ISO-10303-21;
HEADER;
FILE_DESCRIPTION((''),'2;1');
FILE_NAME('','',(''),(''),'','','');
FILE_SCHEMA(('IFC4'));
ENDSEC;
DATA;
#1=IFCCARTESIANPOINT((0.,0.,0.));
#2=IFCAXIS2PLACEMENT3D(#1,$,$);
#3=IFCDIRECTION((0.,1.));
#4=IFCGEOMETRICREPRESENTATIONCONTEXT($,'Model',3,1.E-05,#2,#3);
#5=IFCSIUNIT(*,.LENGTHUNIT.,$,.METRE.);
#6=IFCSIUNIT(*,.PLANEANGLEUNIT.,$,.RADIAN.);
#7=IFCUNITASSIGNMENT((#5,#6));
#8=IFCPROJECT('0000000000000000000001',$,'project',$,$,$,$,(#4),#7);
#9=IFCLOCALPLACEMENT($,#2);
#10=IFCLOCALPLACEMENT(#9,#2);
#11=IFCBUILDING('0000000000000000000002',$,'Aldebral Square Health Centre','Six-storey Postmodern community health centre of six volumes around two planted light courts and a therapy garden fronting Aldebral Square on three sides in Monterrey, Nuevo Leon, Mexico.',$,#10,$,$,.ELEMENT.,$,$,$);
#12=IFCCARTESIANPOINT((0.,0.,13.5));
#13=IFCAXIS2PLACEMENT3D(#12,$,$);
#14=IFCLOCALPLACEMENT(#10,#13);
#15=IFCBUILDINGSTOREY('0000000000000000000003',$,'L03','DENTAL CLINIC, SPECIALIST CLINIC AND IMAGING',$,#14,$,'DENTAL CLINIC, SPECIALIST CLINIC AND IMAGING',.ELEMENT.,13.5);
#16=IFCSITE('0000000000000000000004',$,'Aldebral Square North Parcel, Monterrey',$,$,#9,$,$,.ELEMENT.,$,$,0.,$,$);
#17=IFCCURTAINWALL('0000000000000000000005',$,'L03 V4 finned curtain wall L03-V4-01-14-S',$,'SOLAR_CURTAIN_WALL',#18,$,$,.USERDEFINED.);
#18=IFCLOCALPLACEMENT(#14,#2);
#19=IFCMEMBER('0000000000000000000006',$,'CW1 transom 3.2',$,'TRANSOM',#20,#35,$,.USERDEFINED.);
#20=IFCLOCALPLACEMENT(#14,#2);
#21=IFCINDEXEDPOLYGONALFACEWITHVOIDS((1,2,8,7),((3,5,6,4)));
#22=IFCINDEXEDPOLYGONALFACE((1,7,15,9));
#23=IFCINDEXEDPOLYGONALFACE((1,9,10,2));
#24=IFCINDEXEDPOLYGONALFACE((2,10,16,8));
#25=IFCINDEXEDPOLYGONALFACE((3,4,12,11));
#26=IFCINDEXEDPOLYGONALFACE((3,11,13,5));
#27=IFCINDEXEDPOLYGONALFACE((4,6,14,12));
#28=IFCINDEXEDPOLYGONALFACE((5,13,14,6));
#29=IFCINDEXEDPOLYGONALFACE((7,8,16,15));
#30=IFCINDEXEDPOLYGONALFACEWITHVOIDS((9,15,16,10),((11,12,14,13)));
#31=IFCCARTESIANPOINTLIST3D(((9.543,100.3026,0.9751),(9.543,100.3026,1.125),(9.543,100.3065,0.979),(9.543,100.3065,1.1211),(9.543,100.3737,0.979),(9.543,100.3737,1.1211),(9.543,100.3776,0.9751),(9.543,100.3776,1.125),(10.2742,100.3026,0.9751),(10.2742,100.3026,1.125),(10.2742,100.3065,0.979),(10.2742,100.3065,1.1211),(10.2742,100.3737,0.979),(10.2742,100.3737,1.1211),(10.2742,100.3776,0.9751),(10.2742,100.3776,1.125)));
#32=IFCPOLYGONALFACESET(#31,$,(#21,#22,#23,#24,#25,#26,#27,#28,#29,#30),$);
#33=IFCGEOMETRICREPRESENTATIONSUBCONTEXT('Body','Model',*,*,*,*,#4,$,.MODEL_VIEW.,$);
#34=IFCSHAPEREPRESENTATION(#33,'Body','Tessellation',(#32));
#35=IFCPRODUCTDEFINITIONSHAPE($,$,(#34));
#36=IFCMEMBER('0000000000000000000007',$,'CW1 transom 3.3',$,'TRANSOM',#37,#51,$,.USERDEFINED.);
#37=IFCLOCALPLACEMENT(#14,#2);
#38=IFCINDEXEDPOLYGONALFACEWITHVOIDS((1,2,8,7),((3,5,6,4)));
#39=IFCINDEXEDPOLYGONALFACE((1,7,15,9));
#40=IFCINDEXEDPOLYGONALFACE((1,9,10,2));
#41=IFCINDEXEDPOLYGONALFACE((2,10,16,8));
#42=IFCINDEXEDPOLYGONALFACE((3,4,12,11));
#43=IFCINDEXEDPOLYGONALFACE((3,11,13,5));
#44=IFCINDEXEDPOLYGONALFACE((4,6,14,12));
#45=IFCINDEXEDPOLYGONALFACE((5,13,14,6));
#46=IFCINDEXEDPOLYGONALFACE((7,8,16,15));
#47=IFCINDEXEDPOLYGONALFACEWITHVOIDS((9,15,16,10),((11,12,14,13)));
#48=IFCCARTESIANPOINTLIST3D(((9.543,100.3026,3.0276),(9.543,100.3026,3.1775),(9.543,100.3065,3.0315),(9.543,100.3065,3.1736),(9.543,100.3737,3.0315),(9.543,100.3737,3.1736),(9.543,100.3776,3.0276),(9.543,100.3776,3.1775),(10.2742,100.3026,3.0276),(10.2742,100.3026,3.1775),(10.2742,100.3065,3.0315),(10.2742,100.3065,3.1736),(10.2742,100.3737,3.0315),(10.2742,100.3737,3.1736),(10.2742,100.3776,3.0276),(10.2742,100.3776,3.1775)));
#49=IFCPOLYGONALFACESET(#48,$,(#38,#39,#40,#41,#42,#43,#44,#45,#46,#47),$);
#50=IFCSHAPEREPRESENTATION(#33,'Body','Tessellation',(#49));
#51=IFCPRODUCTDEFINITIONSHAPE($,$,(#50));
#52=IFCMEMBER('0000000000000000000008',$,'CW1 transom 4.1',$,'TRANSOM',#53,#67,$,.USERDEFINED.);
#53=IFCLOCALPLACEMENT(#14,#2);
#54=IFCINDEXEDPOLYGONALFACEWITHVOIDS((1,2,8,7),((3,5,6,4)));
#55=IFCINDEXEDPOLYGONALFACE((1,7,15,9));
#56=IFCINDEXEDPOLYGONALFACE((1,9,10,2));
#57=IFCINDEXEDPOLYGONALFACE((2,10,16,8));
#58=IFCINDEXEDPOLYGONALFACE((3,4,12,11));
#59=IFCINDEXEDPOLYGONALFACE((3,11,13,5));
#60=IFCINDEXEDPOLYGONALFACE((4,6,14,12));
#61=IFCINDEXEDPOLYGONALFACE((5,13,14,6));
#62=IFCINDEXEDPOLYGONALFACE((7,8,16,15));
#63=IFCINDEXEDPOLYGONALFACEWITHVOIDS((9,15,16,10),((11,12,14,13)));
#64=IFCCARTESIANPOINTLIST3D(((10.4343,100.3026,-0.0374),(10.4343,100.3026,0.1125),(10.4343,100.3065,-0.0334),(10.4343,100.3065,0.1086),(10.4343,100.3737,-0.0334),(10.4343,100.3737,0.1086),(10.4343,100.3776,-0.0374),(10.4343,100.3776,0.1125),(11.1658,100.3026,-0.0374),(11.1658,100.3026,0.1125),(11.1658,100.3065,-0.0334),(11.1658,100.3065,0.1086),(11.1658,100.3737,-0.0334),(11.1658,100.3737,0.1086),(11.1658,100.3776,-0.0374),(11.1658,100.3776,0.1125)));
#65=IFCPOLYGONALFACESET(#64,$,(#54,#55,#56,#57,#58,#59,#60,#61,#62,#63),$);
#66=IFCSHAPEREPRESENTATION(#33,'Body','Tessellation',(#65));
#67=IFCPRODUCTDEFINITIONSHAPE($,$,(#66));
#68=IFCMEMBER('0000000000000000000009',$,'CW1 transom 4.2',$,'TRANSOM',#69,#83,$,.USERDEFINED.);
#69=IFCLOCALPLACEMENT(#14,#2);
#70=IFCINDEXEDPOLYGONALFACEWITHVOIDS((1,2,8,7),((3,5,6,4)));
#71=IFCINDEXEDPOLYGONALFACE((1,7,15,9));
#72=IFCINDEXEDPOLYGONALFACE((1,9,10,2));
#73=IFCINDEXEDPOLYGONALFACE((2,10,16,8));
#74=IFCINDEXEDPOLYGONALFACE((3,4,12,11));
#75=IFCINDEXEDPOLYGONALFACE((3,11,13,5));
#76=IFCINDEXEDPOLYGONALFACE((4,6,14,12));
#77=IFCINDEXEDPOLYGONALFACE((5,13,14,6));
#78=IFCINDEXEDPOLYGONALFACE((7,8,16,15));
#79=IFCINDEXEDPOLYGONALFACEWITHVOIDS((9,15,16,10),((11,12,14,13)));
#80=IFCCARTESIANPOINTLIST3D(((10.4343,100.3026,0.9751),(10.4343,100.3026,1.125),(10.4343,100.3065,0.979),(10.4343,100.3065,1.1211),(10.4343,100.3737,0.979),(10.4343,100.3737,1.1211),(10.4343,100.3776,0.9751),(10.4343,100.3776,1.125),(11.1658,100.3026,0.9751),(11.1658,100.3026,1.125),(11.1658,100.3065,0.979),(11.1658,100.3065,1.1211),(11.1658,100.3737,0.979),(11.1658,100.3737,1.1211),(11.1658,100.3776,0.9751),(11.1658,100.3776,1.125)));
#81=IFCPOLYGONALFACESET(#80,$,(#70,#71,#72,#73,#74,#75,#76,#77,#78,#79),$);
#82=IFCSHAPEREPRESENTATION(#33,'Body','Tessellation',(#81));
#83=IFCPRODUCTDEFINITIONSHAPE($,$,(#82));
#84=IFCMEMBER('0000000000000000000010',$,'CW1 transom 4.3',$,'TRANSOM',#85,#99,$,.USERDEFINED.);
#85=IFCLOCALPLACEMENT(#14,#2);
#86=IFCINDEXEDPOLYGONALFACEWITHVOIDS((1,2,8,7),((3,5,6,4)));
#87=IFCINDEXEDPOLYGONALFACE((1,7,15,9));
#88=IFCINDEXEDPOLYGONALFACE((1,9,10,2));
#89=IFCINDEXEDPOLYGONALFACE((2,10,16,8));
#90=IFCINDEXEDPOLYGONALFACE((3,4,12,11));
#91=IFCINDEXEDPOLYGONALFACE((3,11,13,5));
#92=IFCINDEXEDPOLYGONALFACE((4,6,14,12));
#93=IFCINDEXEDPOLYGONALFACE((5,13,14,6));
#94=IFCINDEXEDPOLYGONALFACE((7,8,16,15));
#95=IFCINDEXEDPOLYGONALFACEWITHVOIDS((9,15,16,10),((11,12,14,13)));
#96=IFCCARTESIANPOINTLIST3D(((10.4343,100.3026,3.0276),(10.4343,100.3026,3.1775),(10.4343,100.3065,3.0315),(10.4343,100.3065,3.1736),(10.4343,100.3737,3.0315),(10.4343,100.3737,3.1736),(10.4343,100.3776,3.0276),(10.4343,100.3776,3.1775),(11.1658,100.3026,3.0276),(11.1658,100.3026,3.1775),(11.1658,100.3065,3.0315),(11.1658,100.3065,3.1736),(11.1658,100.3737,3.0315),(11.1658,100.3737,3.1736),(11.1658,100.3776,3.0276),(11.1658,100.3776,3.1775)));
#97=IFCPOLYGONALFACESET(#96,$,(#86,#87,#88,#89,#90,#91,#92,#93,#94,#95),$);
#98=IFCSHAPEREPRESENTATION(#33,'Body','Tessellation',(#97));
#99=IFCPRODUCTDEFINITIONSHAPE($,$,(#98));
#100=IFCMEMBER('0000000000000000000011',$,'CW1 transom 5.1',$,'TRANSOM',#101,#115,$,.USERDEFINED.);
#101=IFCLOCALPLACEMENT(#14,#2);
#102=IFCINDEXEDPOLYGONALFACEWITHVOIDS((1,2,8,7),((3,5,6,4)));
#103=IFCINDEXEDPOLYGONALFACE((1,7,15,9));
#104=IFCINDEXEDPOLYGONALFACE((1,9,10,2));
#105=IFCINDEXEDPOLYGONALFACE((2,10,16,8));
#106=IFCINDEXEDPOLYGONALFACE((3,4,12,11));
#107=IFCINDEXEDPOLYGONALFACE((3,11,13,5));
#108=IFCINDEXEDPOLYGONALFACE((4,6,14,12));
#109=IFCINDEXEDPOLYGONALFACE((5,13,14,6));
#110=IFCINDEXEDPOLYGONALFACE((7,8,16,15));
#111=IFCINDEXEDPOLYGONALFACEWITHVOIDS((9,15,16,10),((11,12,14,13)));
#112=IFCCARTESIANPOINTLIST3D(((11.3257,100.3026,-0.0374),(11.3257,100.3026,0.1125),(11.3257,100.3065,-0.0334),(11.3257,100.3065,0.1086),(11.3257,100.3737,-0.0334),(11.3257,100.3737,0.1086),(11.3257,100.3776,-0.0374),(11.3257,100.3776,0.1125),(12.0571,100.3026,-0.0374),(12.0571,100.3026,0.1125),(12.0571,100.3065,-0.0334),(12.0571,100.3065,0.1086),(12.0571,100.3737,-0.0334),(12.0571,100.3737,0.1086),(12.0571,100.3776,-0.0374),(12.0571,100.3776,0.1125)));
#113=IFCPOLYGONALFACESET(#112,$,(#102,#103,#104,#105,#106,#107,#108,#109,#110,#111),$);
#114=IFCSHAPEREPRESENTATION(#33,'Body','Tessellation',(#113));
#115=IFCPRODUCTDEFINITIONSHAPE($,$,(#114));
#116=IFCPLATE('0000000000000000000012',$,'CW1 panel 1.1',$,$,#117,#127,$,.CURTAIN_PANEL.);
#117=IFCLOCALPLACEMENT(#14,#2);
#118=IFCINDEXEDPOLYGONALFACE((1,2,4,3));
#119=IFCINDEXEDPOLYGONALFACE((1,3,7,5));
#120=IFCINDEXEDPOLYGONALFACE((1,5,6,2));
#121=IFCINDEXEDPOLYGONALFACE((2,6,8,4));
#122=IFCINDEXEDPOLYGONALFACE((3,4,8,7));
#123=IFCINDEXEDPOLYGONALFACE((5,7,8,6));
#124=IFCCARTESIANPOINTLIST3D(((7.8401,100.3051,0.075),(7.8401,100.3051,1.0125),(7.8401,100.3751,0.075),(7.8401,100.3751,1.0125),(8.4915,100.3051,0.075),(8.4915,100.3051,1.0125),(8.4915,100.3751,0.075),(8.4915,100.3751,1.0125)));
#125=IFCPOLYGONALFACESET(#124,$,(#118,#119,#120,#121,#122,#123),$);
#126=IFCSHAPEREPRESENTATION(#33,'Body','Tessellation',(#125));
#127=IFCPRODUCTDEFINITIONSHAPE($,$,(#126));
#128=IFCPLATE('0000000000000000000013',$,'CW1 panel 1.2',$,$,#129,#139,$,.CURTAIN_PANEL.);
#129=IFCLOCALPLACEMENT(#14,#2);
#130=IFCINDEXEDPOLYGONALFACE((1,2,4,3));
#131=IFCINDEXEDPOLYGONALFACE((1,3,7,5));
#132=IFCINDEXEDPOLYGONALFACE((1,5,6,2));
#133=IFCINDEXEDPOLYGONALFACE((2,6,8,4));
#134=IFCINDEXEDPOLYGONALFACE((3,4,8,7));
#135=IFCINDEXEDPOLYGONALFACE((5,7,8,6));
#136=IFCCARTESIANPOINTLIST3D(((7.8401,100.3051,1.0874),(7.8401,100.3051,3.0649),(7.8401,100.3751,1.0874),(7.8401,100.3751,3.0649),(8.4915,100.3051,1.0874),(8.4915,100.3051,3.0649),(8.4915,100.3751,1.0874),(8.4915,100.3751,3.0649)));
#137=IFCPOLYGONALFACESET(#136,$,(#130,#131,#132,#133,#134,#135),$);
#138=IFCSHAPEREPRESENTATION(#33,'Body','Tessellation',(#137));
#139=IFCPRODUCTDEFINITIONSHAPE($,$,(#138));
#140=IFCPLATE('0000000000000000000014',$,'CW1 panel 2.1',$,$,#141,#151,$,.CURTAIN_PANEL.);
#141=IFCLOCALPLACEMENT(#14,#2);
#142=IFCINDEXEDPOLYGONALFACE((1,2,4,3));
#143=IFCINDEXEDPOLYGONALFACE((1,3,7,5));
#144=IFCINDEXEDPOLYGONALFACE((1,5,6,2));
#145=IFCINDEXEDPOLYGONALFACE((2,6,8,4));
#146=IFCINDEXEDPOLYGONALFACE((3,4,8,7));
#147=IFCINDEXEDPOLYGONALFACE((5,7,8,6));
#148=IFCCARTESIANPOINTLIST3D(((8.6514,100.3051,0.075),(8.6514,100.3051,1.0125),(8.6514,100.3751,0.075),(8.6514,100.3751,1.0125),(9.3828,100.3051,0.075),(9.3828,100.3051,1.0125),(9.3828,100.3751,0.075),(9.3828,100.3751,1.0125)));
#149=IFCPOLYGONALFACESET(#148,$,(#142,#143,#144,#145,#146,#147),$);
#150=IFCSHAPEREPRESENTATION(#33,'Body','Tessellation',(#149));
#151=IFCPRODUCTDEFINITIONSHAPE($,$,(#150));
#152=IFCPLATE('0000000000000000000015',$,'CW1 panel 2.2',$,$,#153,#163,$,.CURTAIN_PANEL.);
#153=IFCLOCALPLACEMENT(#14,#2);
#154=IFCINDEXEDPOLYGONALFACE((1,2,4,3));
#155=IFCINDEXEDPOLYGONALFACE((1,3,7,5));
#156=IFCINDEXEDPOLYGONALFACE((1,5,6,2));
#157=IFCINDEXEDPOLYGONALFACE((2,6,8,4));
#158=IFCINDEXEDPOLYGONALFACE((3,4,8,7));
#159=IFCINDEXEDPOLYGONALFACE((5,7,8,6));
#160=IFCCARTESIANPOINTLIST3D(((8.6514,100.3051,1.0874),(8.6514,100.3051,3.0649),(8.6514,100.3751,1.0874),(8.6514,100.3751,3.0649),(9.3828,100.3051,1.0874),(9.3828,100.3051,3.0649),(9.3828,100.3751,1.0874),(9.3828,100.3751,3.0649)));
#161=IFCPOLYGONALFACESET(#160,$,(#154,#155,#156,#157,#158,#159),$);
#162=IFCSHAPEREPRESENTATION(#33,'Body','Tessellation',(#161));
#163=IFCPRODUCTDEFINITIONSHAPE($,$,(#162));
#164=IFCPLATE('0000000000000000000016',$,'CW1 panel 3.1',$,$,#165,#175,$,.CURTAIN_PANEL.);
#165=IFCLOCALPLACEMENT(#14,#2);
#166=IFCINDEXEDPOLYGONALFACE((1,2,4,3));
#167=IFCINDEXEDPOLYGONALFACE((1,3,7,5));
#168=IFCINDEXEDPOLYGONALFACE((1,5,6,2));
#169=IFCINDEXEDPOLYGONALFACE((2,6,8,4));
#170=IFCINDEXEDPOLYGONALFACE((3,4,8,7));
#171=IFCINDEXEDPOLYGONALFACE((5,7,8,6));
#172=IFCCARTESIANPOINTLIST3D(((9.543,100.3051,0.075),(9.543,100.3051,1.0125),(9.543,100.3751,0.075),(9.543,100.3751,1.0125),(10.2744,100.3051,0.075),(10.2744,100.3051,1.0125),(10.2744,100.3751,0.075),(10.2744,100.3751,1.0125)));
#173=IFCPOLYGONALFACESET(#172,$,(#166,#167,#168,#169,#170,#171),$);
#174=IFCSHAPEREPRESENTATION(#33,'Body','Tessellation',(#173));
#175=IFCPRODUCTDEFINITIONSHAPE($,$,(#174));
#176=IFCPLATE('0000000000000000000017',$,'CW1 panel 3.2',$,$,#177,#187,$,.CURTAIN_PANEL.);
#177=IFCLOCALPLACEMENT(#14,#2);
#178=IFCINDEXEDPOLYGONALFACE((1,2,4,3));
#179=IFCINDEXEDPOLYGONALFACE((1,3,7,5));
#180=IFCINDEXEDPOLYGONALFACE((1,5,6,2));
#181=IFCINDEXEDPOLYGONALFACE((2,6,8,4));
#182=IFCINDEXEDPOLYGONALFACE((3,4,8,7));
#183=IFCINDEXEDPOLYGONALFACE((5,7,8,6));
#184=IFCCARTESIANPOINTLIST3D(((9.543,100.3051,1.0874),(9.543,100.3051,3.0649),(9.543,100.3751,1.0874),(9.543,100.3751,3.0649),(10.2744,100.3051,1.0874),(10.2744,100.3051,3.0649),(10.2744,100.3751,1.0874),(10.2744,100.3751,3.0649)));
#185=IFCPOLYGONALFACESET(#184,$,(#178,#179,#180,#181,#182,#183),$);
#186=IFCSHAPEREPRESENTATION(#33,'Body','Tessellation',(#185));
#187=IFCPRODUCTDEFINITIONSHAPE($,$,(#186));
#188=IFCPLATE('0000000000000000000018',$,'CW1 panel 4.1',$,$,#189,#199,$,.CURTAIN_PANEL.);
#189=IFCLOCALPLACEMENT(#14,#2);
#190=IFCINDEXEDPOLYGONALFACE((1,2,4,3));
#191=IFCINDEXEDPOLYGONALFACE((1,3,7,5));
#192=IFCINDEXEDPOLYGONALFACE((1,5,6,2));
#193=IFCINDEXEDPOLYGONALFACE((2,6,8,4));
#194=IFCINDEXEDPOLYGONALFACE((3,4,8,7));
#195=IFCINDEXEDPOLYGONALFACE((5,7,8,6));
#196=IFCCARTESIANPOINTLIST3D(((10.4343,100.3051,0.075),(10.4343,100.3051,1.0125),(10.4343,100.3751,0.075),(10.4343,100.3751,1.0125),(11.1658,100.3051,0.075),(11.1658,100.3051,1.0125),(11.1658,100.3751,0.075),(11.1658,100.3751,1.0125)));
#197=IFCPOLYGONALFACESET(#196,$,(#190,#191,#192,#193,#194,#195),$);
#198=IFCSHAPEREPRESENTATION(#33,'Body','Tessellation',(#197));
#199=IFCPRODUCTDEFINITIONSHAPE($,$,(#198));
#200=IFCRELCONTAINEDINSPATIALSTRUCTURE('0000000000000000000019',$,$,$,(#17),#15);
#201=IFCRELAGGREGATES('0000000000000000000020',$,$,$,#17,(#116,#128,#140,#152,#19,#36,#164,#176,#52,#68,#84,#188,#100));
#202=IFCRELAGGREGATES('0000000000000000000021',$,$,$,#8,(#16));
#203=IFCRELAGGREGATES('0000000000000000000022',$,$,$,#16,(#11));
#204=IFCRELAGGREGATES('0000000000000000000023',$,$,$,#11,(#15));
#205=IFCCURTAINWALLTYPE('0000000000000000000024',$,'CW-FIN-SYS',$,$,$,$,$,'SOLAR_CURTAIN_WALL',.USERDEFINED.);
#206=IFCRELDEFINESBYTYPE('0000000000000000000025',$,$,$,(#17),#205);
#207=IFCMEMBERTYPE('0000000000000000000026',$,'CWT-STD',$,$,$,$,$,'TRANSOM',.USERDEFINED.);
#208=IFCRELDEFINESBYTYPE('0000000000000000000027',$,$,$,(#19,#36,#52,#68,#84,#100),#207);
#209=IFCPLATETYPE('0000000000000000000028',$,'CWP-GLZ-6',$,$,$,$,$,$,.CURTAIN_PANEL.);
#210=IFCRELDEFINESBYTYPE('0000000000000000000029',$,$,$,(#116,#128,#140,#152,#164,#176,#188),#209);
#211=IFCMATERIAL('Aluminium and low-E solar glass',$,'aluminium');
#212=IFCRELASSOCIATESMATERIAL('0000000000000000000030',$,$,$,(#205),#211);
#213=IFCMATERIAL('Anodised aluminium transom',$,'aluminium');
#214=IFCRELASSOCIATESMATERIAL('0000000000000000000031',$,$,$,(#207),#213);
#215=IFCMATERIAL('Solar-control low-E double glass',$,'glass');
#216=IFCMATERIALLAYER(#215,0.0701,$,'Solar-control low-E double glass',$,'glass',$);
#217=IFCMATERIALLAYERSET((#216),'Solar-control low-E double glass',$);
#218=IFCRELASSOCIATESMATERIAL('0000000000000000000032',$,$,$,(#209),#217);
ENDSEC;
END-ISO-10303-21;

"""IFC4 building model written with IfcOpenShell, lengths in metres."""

from ifc_helpers import new_model, si_unit, direction, frame, origin, origin_2d, place, context, subcontext, project, spatial, rectangle, hollow_rectangle, extrude, material, layer, layer_set, material_profile, profile_set, type_object, element, aggregate, save


model = new_model("IFC4")

# Units and contexts
model_context = context("Model", 3, precision=1e-05, world=origin(), true_north=direction((0.0, 1.0)))
body_context = subcontext(model_context, "Body", "Model", "MODEL_VIEW")
ifc_project = project(units=[si_unit("LENGTHUNIT", "METRE"), si_unit("PLANEANGLEUNIT", "RADIAN")], contexts=[model_context])

# Site, building, storey
site_placement = place(None, origin())
site = spatial("IfcSite", under=ifc_project, at=site_placement, Name="Aldebral Square North Parcel, Monterrey", CompositionType="ELEMENT", RefElevation=0.0)
building_placement = place(site_placement, origin())
building = spatial("IfcBuilding", under=site, at=building_placement, Name="Aldebral Square Health Centre", Description="Six-storey Postmodern community health centre of six volumes around two planted light courts and a therapy garden fronting Aldebral Square on three sides in Monterrey, Nuevo Leon, Mexico.", CompositionType="ELEMENT")
storey_placement = place(building_placement, frame((0.0, 0.0, 13.5)))
storey = spatial("IfcBuildingStorey", under=building, at=storey_placement, Name="L03", Description="DENTAL CLINIC, SPECIALIST CLINIC AND IMAGING", LongName="DENTAL CLINIC, SPECIALIST CLINIC AND IMAGING", CompositionType="ELEMENT", Elevation=13.5)

# Curtain wall, members, plates
ifc_material_1 = material(Name="Aluminium and low-E solar glass", Category="aluminium")
curtain_wall_type = type_object("IfcCurtainWallType", Name="CW-FIN-SYS", ElementType="SOLAR_CURTAIN_WALL", PredefinedType="USERDEFINED", material=ifc_material_1)
curtain_wall_placement = place(storey_placement, origin())
curtain_wall = element("IfcCurtainWall", 1, at=curtain_wall_placement, inside=storey, type_object=curtain_wall_type, Name="L03 V4 finned curtain wall L03-V4-01-14-S", ObjectType="SOLAR_CURTAIN_WALL", PredefinedType="USERDEFINED")
ifc_material_2 = material(Name="Anodised aluminium transom", Category="aluminium")
ifc_material_profile_1 = material_profile(ifc_material_2, hollow_rectangle(XDim=0.075, YDim=0.1499, WallThickness=0.0039, at=origin_2d()), Name="CWT 75x150x4")
ifc_profile_set_1 = profile_set([ifc_material_profile_1], Name="Anodised aluminium transom")
member_type_1 = type_object("IfcMemberType", Name="CWT-STD", ElementType="TRANSOM", PredefinedType="USERDEFINED", material=ifc_profile_set_1)
member_1_placement = place(storey_placement, frame((9.543, 100.3401, 1.05), z_axis=(1.0, 0.0, 0.0), x_axis=(0.0, 1.0, 0.0)))
member_1 = element("IfcMember", 2, at=member_1_placement, type_object=member_type_1, Name="CW1 transom 3.2", ObjectType="TRANSOM", PredefinedType="USERDEFINED", context=body_context, shape_type="SweptSolid", body=[
    extrude(hollow_rectangle(XDim=0.075, YDim=0.1499, WallThickness=0.0039, at=origin_2d()), origin(), (0.0, 0.0, 1.0), 0.7312),
])
member_2_placement = place(storey_placement, frame((9.543, 100.3401, 3.1025), z_axis=(1.0, 0.0, 0.0), x_axis=(0.0, 1.0, 0.0)))
member_2 = element("IfcMember", 3, at=member_2_placement, type_object=member_type_1, Name="CW1 transom 3.3", ObjectType="TRANSOM", PredefinedType="USERDEFINED", context=body_context, shape_type="SweptSolid", body=[
    extrude(hollow_rectangle(XDim=0.075, YDim=0.1499, WallThickness=0.0039, at=origin_2d()), origin(), (0.0, 0.0, 1.0), 0.7312),
])
member_3_placement = place(storey_placement, frame((10.4343, 100.3401, 0.0376), z_axis=(1.0, 0.0, 0.0), x_axis=(0.0, 1.0, 0.0)))
member_3 = element("IfcMember", 4, at=member_3_placement, type_object=member_type_1, Name="CW1 transom 4.1", ObjectType="TRANSOM", PredefinedType="USERDEFINED", context=body_context, shape_type="SweptSolid", body=[
    extrude(hollow_rectangle(XDim=0.075, YDim=0.1499, WallThickness=0.0039, at=origin_2d()), origin(), (0.0, 0.0, 1.0), 0.7314),
])
member_4_placement = place(storey_placement, frame((10.4343, 100.3401, 1.05), z_axis=(1.0, 0.0, 0.0), x_axis=(0.0, 1.0, 0.0)))
member_4 = element("IfcMember", 5, at=member_4_placement, type_object=member_type_1, Name="CW1 transom 4.2", ObjectType="TRANSOM", PredefinedType="USERDEFINED", context=body_context, shape_type="SweptSolid", body=[
    extrude(hollow_rectangle(XDim=0.075, YDim=0.1499, WallThickness=0.0039, at=origin_2d()), origin(), (0.0, 0.0, 1.0), 0.7314),
])
member_5_placement = place(storey_placement, frame((10.4343, 100.3401, 3.1025), z_axis=(1.0, 0.0, 0.0), x_axis=(0.0, 1.0, 0.0)))
member_5 = element("IfcMember", 6, at=member_5_placement, type_object=member_type_1, Name="CW1 transom 4.3", ObjectType="TRANSOM", PredefinedType="USERDEFINED", context=body_context, shape_type="SweptSolid", body=[
    extrude(hollow_rectangle(XDim=0.075, YDim=0.1499, WallThickness=0.0039, at=origin_2d()), origin(), (0.0, 0.0, 1.0), 0.7314),
])
member_6_placement = place(storey_placement, frame((11.3257, 100.3401, 0.0376), z_axis=(1.0, 0.0, 0.0), x_axis=(0.0, 1.0, 0.0)))
member_6 = element("IfcMember", 7, at=member_6_placement, type_object=member_type_1, Name="CW1 transom 5.1", ObjectType="TRANSOM", PredefinedType="USERDEFINED", context=body_context, shape_type="SweptSolid", body=[
    extrude(hollow_rectangle(XDim=0.075, YDim=0.1499, WallThickness=0.0039, at=origin_2d()), origin(), (0.0, 0.0, 1.0), 0.7314),
])
ifc_material_3 = material(Name="Solar-control low-E double glass", Category="glass")
ifc_layer = layer(ifc_material_3, 0.0701, Name="Solar-control low-E double glass", Category="glass")
ifc_layer_set = layer_set([ifc_layer], Name="Solar-control low-E double glass")
plate_type = type_object("IfcPlateType", Name="CWP-GLZ-6", PredefinedType="CURTAIN_PANEL", material=ifc_layer_set)
plate_1_placement = place(storey_placement, frame((8.1658, 100.3401, 0.075), z_axis=(0.0, 0.0, 1.0), x_axis=(1.0, 0.0, 0.0)))
plate_1 = element("IfcPlate", 8, at=plate_1_placement, type_object=plate_type, Name="CW1 panel 1.1", PredefinedType="CURTAIN_PANEL", context=body_context, shape_type="SweptSolid", body=[
    extrude(rectangle(XDim=0.6514, YDim=0.0701, at=origin_2d()), origin(), (0.0, 0.0, 1.0), 0.9375),
])
plate_2_placement = place(storey_placement, frame((8.1658, 100.3401, 1.0874), z_axis=(0.0, 0.0, 1.0), x_axis=(1.0, 0.0, 0.0)))
plate_2 = element("IfcPlate", 9, at=plate_2_placement, type_object=plate_type, Name="CW1 panel 1.2", PredefinedType="CURTAIN_PANEL", context=body_context, shape_type="SweptSolid", body=[
    extrude(rectangle(XDim=0.6514, YDim=0.0701, at=origin_2d()), origin(), (0.0, 0.0, 1.0), 1.9775),
])
plate_3_placement = place(storey_placement, frame((9.0171, 100.3401, 0.075), z_axis=(0.0, 0.0, 1.0), x_axis=(1.0, 0.0, 0.0)))
plate_3 = element("IfcPlate", 10, at=plate_3_placement, type_object=plate_type, Name="CW1 panel 2.1", PredefinedType="CURTAIN_PANEL", context=body_context, shape_type="SweptSolid", body=[
    extrude(rectangle(XDim=0.7314, YDim=0.0701, at=origin_2d()), origin(), (0.0, 0.0, 1.0), 0.9375),
])
plate_4_placement = place(storey_placement, frame((9.0171, 100.3401, 1.0874), z_axis=(0.0, 0.0, 1.0), x_axis=(1.0, 0.0, 0.0)))
plate_4 = element("IfcPlate", 11, at=plate_4_placement, type_object=plate_type, Name="CW1 panel 2.2", PredefinedType="CURTAIN_PANEL", context=body_context, shape_type="SweptSolid", body=[
    extrude(rectangle(XDim=0.7314, YDim=0.0701, at=origin_2d()), origin(), (0.0, 0.0, 1.0), 1.9775),
])
plate_5_placement = place(storey_placement, frame((9.9087, 100.3401, 0.075), z_axis=(0.0, 0.0, 1.0), x_axis=(1.0, 0.0, 0.0)))
plate_5 = element("IfcPlate", 12, at=plate_5_placement, type_object=plate_type, Name="CW1 panel 3.1", PredefinedType="CURTAIN_PANEL", context=body_context, shape_type="SweptSolid", body=[
    extrude(rectangle(XDim=0.7314, YDim=0.0701, at=origin_2d()), origin(), (0.0, 0.0, 1.0), 0.9375),
])
plate_6_placement = place(storey_placement, frame((9.9087, 100.3401, 1.0874), z_axis=(0.0, 0.0, 1.0), x_axis=(1.0, 0.0, 0.0)))
plate_6 = element("IfcPlate", 13, at=plate_6_placement, type_object=plate_type, Name="CW1 panel 3.2", PredefinedType="CURTAIN_PANEL", context=body_context, shape_type="SweptSolid", body=[
    extrude(rectangle(XDim=0.7314, YDim=0.0701, at=origin_2d()), origin(), (0.0, 0.0, 1.0), 1.9775),
])
plate_7_placement = place(storey_placement, frame((10.8, 100.3401, 0.075), z_axis=(0.0, 0.0, 1.0), x_axis=(1.0, 0.0, 0.0)))
plate_7 = element("IfcPlate", 14, at=plate_7_placement, type_object=plate_type, Name="CW1 panel 4.1", PredefinedType="CURTAIN_PANEL", context=body_context, shape_type="SweptSolid", body=[
    extrude(rectangle(XDim=0.7314, YDim=0.0701, at=origin_2d()), origin(), (0.0, 0.0, 1.0), 0.9375),
])
aggregate(curtain_wall, [plate_1, plate_2, plate_3, plate_4, member_1, member_2, plate_5, plate_6, member_3, member_4, member_5, plate_7, member_6])

save(model, "model.ifc")
